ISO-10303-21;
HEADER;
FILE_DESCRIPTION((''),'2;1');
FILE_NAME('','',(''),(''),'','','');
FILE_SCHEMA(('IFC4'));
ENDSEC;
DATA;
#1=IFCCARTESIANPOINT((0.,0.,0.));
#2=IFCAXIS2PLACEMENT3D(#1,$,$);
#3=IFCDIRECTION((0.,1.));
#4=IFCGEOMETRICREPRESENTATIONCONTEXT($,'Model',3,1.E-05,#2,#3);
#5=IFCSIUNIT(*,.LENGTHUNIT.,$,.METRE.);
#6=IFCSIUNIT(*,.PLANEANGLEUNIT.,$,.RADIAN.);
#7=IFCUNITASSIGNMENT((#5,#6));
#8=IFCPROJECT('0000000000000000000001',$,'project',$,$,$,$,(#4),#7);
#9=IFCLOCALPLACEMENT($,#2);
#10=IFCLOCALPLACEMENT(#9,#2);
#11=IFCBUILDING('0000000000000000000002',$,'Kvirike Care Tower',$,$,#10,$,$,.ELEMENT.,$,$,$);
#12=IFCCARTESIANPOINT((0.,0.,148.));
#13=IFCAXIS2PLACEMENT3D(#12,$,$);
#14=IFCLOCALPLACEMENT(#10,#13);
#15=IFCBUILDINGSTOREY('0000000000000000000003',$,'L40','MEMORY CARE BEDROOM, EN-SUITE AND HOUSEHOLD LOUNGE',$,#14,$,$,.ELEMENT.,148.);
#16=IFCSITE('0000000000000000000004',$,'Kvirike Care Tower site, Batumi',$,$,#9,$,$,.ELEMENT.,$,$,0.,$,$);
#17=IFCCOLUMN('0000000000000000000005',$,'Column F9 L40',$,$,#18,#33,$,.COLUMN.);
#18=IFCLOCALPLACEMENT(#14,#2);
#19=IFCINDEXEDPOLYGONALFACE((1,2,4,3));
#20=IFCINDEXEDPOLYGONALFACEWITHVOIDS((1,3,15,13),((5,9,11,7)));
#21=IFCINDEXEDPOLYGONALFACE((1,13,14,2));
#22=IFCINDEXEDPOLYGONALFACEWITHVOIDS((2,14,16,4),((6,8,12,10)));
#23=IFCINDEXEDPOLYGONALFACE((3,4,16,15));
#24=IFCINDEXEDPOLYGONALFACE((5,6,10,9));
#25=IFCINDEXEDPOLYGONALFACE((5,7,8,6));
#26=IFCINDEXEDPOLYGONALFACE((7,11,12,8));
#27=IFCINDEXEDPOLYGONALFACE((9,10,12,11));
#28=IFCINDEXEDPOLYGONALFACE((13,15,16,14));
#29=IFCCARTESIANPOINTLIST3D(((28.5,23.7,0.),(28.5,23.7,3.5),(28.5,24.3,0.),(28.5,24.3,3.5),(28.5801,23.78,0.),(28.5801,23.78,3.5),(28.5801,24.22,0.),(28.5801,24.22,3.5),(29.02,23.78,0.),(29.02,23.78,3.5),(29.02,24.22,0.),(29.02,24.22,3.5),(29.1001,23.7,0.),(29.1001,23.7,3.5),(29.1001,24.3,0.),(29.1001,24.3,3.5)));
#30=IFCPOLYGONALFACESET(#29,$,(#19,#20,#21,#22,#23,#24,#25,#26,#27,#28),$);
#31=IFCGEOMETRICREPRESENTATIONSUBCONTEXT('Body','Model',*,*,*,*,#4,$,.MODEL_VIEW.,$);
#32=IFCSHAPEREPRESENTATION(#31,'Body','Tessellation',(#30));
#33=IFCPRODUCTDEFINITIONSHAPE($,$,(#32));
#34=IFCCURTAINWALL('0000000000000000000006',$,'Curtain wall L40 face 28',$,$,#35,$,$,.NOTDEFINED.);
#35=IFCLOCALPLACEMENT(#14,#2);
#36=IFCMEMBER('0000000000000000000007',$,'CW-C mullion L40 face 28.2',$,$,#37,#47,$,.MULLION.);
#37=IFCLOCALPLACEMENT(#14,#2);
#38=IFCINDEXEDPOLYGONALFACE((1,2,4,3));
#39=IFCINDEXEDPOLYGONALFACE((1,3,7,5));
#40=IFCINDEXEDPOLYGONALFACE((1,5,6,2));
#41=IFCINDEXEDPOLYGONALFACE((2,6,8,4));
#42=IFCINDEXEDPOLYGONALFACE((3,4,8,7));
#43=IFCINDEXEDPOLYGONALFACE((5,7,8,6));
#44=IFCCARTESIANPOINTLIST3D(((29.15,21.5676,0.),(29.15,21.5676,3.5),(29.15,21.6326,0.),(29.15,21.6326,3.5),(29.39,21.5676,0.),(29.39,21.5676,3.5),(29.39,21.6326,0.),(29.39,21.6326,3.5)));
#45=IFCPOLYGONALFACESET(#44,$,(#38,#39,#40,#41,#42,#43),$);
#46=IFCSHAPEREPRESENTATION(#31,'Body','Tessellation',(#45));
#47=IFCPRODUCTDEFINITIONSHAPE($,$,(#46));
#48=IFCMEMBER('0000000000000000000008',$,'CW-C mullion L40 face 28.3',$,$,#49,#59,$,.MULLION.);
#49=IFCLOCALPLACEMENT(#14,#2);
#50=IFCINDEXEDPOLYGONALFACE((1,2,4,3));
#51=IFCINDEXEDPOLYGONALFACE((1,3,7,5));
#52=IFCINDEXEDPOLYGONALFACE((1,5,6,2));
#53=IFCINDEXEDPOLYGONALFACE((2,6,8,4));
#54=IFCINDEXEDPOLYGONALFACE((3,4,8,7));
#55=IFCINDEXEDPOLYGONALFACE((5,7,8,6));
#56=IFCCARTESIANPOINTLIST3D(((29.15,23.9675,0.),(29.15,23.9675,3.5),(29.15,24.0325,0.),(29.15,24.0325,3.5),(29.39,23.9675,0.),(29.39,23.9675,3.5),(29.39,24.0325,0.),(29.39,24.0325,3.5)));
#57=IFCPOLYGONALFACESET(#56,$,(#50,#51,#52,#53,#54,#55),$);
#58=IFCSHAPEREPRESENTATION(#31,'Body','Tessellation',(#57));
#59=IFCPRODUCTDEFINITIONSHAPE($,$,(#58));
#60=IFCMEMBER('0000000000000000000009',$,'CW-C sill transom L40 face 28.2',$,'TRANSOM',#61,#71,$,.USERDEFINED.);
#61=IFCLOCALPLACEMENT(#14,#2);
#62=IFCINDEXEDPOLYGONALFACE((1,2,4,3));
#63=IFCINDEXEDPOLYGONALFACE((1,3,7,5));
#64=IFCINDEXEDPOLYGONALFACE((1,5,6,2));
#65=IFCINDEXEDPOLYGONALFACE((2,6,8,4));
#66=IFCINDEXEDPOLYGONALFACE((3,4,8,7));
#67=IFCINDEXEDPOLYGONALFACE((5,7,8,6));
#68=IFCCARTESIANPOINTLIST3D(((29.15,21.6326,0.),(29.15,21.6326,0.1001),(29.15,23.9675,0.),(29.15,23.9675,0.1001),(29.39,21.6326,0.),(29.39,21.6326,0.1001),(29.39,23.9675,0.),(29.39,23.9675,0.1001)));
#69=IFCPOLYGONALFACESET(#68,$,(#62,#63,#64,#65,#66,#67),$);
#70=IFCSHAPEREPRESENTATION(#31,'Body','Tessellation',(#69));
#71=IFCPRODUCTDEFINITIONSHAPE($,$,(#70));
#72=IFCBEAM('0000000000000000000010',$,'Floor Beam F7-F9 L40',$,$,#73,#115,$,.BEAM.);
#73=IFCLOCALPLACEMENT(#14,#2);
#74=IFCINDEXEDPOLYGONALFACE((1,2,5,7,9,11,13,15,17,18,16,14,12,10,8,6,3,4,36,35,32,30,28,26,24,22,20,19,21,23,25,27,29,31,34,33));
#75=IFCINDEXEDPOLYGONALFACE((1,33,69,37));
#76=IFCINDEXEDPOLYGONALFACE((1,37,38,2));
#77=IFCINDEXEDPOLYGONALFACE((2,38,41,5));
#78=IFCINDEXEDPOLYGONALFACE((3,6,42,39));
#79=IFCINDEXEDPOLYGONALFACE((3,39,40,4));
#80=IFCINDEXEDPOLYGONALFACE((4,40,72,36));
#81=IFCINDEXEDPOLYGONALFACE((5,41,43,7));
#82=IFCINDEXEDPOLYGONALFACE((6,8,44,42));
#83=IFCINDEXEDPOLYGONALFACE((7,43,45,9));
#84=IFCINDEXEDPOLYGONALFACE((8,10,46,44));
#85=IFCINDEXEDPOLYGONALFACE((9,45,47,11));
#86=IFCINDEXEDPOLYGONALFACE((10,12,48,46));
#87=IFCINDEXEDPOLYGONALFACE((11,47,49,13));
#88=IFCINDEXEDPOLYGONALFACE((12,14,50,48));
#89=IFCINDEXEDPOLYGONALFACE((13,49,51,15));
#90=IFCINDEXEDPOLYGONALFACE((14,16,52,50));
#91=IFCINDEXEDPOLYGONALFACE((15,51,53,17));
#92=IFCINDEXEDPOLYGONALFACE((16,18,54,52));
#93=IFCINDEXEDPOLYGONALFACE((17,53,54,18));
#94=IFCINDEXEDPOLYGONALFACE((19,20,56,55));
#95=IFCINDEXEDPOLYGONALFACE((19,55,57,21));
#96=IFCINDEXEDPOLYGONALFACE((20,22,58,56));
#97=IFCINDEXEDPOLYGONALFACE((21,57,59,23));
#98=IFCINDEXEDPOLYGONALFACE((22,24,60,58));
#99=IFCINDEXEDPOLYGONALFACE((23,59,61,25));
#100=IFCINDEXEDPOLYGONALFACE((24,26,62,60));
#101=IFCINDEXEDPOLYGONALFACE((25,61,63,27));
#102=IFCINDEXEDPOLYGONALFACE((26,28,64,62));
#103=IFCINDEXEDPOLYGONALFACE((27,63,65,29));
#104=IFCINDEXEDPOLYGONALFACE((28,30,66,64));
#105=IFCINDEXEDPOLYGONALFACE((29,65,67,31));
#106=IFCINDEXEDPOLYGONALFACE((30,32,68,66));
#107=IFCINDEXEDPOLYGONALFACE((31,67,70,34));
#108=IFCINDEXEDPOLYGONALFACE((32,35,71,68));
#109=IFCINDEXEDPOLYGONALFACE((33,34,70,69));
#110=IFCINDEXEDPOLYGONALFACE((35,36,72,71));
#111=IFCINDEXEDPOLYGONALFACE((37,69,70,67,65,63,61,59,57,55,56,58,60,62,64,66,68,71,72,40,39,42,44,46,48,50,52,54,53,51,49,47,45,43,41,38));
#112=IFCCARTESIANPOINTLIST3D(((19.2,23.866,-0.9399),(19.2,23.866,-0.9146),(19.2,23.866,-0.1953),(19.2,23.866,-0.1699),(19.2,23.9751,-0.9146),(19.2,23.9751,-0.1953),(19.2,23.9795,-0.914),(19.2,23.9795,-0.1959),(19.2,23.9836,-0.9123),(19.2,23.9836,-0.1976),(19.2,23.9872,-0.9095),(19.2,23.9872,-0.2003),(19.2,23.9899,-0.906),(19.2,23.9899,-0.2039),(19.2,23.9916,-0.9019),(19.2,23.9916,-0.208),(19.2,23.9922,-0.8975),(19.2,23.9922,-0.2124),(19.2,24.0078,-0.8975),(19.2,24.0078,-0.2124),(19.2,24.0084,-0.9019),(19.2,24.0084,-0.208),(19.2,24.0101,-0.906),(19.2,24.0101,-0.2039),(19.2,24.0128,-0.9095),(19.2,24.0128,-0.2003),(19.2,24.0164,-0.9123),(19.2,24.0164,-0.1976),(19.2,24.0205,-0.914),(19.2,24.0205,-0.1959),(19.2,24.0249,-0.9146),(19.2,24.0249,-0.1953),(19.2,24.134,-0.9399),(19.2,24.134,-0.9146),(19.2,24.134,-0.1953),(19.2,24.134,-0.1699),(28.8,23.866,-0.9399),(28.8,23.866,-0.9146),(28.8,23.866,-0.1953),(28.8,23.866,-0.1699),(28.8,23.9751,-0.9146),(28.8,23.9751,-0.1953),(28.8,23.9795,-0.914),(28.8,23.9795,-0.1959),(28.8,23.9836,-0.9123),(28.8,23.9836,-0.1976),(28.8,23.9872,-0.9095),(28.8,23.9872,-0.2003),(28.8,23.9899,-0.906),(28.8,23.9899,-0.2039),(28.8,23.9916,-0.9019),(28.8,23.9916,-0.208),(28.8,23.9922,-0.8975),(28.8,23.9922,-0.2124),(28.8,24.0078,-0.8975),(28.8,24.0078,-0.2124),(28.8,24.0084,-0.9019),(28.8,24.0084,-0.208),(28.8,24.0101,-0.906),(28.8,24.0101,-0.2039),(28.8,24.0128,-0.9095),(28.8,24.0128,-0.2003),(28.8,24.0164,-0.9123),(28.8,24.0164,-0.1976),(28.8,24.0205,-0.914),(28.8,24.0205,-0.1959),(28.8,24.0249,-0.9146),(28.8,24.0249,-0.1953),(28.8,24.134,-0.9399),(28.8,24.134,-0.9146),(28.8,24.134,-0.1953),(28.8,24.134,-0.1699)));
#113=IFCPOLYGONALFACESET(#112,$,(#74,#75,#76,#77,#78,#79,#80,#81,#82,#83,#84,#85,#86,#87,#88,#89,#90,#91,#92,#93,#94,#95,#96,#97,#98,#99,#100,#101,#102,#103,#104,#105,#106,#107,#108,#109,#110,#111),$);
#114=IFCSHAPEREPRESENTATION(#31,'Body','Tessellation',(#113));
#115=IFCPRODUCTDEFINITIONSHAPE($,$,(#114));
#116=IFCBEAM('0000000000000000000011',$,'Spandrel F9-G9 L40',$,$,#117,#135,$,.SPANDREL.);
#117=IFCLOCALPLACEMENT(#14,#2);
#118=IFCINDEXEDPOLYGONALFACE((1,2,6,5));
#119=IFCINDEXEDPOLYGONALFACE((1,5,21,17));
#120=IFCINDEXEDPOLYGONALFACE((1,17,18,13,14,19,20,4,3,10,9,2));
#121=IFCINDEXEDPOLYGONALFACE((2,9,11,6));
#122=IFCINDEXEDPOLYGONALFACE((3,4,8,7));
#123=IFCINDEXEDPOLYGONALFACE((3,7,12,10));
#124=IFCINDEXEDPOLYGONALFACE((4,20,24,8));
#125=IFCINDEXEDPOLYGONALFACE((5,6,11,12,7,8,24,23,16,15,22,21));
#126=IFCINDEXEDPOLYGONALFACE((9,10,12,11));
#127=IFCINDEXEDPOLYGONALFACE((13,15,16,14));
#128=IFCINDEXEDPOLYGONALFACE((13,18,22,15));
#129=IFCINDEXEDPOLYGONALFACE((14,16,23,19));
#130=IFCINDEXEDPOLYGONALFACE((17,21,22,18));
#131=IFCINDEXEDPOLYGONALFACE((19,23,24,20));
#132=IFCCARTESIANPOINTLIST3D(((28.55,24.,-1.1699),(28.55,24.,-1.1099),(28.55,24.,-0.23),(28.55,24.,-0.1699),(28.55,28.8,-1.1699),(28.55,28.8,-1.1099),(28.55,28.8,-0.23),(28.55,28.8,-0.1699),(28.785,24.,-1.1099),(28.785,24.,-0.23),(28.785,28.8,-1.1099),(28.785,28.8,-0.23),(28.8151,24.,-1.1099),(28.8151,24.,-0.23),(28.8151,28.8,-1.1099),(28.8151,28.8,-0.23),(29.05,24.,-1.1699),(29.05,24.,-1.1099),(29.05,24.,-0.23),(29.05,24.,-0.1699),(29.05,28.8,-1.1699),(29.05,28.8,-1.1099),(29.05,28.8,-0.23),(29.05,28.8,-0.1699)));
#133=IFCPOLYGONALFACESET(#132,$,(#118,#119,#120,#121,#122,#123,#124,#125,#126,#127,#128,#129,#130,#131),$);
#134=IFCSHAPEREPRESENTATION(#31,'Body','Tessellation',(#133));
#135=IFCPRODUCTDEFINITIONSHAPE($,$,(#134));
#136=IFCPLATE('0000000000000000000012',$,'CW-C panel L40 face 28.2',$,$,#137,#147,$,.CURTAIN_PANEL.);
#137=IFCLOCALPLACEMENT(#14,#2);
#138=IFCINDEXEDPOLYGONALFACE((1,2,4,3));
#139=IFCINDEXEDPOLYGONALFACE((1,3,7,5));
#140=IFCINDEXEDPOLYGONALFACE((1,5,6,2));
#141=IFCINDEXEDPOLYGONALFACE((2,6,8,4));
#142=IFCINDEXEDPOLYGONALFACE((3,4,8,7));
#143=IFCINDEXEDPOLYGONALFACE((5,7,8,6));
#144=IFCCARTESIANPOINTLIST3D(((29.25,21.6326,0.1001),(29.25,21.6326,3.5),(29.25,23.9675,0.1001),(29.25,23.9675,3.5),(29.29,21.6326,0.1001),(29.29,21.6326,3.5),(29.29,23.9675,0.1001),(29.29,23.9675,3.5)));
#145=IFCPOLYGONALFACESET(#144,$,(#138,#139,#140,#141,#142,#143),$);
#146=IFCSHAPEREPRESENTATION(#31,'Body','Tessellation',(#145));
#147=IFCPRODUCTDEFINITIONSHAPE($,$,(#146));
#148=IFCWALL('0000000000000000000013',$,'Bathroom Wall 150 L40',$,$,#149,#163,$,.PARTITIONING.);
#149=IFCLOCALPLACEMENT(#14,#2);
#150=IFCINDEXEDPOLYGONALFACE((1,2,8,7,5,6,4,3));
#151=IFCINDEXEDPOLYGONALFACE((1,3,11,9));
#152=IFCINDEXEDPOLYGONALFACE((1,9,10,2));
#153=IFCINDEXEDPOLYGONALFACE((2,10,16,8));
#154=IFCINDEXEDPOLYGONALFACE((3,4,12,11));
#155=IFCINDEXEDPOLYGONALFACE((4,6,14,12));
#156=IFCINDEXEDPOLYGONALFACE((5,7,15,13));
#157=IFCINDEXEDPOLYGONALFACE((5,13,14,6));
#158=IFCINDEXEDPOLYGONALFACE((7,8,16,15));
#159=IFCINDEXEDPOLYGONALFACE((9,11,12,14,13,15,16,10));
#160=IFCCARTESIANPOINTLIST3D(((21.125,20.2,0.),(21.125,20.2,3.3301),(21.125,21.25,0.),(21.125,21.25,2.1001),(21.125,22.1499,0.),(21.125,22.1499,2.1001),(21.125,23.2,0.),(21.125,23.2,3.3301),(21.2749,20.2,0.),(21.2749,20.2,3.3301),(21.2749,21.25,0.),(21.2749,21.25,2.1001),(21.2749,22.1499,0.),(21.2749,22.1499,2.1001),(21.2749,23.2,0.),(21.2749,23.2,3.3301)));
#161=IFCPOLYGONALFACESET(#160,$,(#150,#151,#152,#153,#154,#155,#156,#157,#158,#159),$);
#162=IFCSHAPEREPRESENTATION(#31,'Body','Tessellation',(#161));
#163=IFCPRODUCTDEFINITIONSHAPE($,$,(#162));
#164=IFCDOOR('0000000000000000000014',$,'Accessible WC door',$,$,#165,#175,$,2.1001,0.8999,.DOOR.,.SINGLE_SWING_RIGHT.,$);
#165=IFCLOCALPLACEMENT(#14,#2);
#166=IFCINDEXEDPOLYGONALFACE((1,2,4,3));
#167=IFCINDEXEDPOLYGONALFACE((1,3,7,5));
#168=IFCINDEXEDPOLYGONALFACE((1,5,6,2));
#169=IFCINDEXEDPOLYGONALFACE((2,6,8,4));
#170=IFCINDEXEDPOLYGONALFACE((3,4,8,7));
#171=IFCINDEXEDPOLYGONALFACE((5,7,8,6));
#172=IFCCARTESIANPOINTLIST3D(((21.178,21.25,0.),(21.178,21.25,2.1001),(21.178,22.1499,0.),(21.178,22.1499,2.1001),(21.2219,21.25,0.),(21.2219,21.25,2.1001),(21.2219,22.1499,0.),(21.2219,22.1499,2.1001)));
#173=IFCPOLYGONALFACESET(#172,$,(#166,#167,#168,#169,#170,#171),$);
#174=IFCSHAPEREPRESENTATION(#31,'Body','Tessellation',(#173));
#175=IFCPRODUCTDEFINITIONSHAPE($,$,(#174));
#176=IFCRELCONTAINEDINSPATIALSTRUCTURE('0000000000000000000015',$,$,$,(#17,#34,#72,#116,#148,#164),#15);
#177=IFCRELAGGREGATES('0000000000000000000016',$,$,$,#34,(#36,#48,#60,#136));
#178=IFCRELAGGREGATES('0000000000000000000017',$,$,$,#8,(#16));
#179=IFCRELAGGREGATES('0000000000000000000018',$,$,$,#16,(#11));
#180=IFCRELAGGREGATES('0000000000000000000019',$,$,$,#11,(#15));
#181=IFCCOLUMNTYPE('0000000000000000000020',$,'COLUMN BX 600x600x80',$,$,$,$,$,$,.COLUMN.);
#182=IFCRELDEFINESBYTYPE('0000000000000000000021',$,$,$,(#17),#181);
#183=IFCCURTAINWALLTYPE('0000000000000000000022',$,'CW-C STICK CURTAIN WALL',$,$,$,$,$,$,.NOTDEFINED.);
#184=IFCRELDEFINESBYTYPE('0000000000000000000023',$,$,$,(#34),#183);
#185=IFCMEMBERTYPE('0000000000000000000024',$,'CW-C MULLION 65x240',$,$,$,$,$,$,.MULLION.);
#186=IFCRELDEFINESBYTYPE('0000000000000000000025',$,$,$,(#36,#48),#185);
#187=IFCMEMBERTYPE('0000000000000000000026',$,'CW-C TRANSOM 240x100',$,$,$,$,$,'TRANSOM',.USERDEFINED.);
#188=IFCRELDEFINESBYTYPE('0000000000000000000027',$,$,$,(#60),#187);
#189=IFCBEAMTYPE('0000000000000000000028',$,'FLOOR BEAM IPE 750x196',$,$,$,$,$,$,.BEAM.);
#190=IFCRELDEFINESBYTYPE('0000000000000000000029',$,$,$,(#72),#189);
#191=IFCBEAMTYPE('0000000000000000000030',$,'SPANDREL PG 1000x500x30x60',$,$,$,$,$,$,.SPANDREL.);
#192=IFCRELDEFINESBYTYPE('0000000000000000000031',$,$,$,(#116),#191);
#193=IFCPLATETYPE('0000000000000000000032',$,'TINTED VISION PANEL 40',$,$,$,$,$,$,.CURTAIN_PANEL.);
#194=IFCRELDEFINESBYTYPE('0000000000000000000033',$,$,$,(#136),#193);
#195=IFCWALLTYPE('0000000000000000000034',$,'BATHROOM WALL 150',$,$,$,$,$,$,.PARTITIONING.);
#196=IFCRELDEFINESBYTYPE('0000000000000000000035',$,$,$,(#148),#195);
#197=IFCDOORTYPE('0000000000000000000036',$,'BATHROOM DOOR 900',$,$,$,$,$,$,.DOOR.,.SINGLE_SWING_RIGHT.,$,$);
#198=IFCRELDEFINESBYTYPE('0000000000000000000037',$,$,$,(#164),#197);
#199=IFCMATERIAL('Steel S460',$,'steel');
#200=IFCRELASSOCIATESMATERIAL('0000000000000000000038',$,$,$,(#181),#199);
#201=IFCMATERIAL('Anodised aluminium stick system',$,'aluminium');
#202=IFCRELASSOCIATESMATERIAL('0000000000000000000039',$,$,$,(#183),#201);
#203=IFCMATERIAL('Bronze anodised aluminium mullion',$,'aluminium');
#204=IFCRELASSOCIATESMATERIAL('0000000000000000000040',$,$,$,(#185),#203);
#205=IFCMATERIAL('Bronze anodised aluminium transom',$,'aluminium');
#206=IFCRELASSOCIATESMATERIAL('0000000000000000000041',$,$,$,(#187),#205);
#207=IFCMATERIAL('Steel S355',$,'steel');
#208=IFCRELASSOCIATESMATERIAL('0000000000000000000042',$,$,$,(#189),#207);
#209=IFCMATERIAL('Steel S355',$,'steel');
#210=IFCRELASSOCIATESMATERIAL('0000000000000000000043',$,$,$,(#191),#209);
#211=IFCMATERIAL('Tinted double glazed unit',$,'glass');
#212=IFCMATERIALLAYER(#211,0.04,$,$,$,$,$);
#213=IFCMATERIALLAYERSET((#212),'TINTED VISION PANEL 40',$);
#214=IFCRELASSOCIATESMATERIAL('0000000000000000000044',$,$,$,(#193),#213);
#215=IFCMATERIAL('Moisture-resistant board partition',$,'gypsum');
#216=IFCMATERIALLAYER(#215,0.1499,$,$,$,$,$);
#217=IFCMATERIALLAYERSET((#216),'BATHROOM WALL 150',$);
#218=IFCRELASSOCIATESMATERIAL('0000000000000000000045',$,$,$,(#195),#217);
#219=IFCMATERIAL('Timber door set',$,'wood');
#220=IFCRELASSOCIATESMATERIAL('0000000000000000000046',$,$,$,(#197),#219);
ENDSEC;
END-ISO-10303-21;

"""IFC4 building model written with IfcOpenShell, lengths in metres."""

from ifc_helpers import new_model, si_unit, direction, frame, frame_2d, origin, origin_2d, place, context, subcontext, project, spatial, rectangle, hollow_rectangle, i_section, extrude, material, layer, layer_set, material_profile, profile_set, type_object, element, fill, aggregate, save


model = new_model("IFC4")

# Units and contexts
model_context = context("Model", 3, precision=1e-05, world=origin(), true_north=direction((0.0, 1.0)))
body_context = subcontext(model_context, "Body", "Model", "MODEL_VIEW")
ifc_project = project(units=[si_unit("LENGTHUNIT", "METRE"), si_unit("PLANEANGLEUNIT", "RADIAN")], contexts=[model_context])

# Site, building, storey
site_placement = place(None, origin())
site = spatial("IfcSite", under=ifc_project, at=site_placement, Name="Kvirike Care Tower site, Batumi", CompositionType="ELEMENT", RefElevation=0.0)
building_placement = place(site_placement, origin())
building = spatial("IfcBuilding", under=site, at=building_placement, Name="Kvirike Care Tower", CompositionType="ELEMENT")
storey_placement = place(building_placement, frame((0.0, 0.0, 148.0)))
storey = spatial("IfcBuildingStorey", under=building, at=storey_placement, Name="L40", Description="MEMORY CARE BEDROOM, EN-SUITE AND HOUSEHOLD LOUNGE", CompositionType="ELEMENT", Elevation=148.0)

# Column
ifc_material_1 = material(Name="Steel S460", Category="steel")
ifc_material_profile_1 = material_profile(ifc_material_1, hollow_rectangle(XDim=0.6001, YDim=0.6001, WallThickness=0.0801, at=origin_2d()), Name="BX 600x600x80")
ifc_profile_set_1 = profile_set([ifc_material_profile_1], Name="Steel S460")
column_type = type_object("IfcColumnType", Name="COLUMN BX 600x600x80", PredefinedType="COLUMN", material=ifc_profile_set_1)
column_placement = place(storey_placement, frame((28.8, 24.0, 0.0), z_axis=(0.0, 0.0, 1.0), x_axis=(1.0, 0.0, 0.0)))
element("IfcColumn", 1, at=column_placement, inside=storey, type_object=column_type, Name="Column F9 L40", PredefinedType="COLUMN", context=body_context, shape_type="SweptSolid", body=[
    extrude(hollow_rectangle(XDim=0.6001, YDim=0.6001, WallThickness=0.0801, at=origin_2d()), origin(), (0.0, 0.0, 1.0), 3.5),
])

# Curtain wall, members
ifc_material_2 = material(Name="Anodised aluminium stick system", Category="aluminium")
curtain_wall_type = type_object("IfcCurtainWallType", Name="CW-C STICK CURTAIN WALL", PredefinedType="NOTDEFINED", material=ifc_material_2)
curtain_wall_placement = place(storey_placement, origin())
curtain_wall = element("IfcCurtainWall", 2, at=curtain_wall_placement, inside=storey, type_object=curtain_wall_type, Name="Curtain wall L40 face 28", PredefinedType="NOTDEFINED")
ifc_material_3 = material(Name="Bronze anodised aluminium mullion", Category="aluminium")
ifc_material_profile_2 = material_profile(ifc_material_3, rectangle(XDim=0.0649, YDim=0.24, at=origin_2d()), Name="CW-C MULLION 65x240")
ifc_profile_set_2 = profile_set([ifc_material_profile_2], Name="Bronze anodised aluminium mullion")
member_type_1 = type_object("IfcMemberType", Name="CW-C MULLION 65x240", PredefinedType="MULLION", material=ifc_profile_set_2)
member_1_placement = place(storey_placement, frame((29.27, 21.6001, 0.0), z_axis=(0.0, 0.0, 1.0), x_axis=(0.0, 1.0, 0.0)))
member_1 = element("IfcMember", 3, at=member_1_placement, type_object=member_type_1, Name="CW-C mullion L40 face 28.2", PredefinedType="MULLION", context=body_context, shape_type="SweptSolid", body=[
    extrude(rectangle(XDim=0.0649, YDim=0.24, at=origin_2d()), origin(), (0.0, 0.0, 1.0), 3.5),
])
member_2_placement = place(storey_placement, frame((29.27, 24.0, 0.0), z_axis=(0.0, 0.0, 1.0), x_axis=(0.0, 1.0, 0.0)))
member_2 = element("IfcMember", 4, at=member_2_placement, type_object=member_type_1, Name="CW-C mullion L40 face 28.3", PredefinedType="MULLION", context=body_context, shape_type="SweptSolid", body=[
    extrude(rectangle(XDim=0.0649, YDim=0.24, at=origin_2d()), origin(), (0.0, 0.0, 1.0), 3.5),
])
ifc_material_4 = material(Name="Bronze anodised aluminium transom", Category="aluminium")
ifc_material_profile_3 = material_profile(ifc_material_4, rectangle(XDim=0.24, YDim=0.1001, at=origin_2d()), Name="CW-C TRANSOM 240x100")
ifc_profile_set_3 = profile_set([ifc_material_profile_3], Name="Bronze anodised aluminium transom")
member_type_2 = type_object("IfcMemberType", Name="CW-C TRANSOM 240x100", ElementType="TRANSOM", PredefinedType="USERDEFINED", material=ifc_profile_set_3)
member_3_placement = place(storey_placement, frame((29.27, 21.6326, 0.05), z_axis=(0.0, 1.0, 0.0), x_axis=(-1.0, 0.0, 0.0)))
member_3 = element("IfcMember", 5, at=member_3_placement, type_object=member_type_2, Name="CW-C sill transom L40 face 28.2", ObjectType="TRANSOM", PredefinedType="USERDEFINED", context=body_context, shape_type="SweptSolid", body=[
    extrude(rectangle(XDim=0.24, YDim=0.1001, at=origin_2d()), origin(), (0.0, 0.0, 1.0), 2.335),
])

# Beams
ifc_material_5 = material(Name="Steel S355", Category="steel")
ifc_material_profile_4 = material_profile(ifc_material_5, i_section(OverallWidth=0.2681, OverallDepth=0.77, WebThickness=0.0156, FlangeThickness=0.0254, FilletRadius=0.0171, at=origin_2d()), Name="IPE 750x196")
ifc_profile_set_4 = profile_set([ifc_material_profile_4], Name="Steel S355")
beam_type_1 = type_object("IfcBeamType", Name="FLOOR BEAM IPE 750x196", PredefinedType="BEAM", material=ifc_profile_set_4)
beam_1_placement = place(storey_placement, frame((19.2, 24.0, -0.5549), z_axis=(1.0, 0.0, 0.0), x_axis=(0.0, 1.0, 0.0)))
element("IfcBeam", 6, at=beam_1_placement, inside=storey, type_object=beam_type_1, Name="Floor Beam F7-F9 L40", PredefinedType="BEAM", context=body_context, shape_type="SweptSolid", body=[
    extrude(i_section(OverallWidth=0.2681, OverallDepth=0.77, WebThickness=0.0156, FlangeThickness=0.0254, FilletRadius=0.0171, at=origin_2d()), origin(), (0.0, 0.0, 1.0), 9.6001),
])
ifc_material_6 = material(Name="Steel S355", Category="steel")
ifc_material_profile_5 = material_profile(ifc_material_6, i_section(OverallWidth=0.5, OverallDepth=1.0, WebThickness=0.03, FlangeThickness=0.0601, at=origin_2d()), Name="PG 1000x500x30x60")
ifc_profile_set_5 = profile_set([ifc_material_profile_5], Name="Steel S355")
beam_type_2 = type_object("IfcBeamType", Name="SPANDREL PG 1000x500x30x60", PredefinedType="SPANDREL", material=ifc_profile_set_5)
beam_2_placement = place(storey_placement, frame((28.8, 24.0, -0.6699), z_axis=(0.0, 1.0, 0.0), x_axis=(-1.0, 0.0, 0.0)))
element("IfcBeam", 7, at=beam_2_placement, inside=storey, type_object=beam_type_2, Name="Spandrel F9-G9 L40", PredefinedType="SPANDREL", context=body_context, shape_type="SweptSolid", body=[
    extrude(i_section(OverallWidth=0.5, OverallDepth=1.0, WebThickness=0.03, FlangeThickness=0.0601, at=origin_2d()), origin(), (0.0, 0.0, 1.0), 4.8),
])

# Plate
ifc_material_7 = material(Name="Tinted double glazed unit", Category="glass")
ifc_layer_1 = layer(ifc_material_7, 0.04)
ifc_layer_set_1 = layer_set([ifc_layer_1], Name="TINTED VISION PANEL 40")
plate_type = type_object("IfcPlateType", Name="TINTED VISION PANEL 40", PredefinedType="CURTAIN_PANEL", material=ifc_layer_set_1)
plate_placement = place(storey_placement, frame((29.27, 22.8, 0.1001), z_axis=(0.0, 0.0, 1.0), x_axis=(0.0, 1.0, 0.0)))
plate = element("IfcPlate", 8, at=plate_placement, type_object=plate_type, Name="CW-C panel L40 face 28.2", PredefinedType="CURTAIN_PANEL", context=body_context, shape_type="SweptSolid", body=[
    extrude(rectangle(XDim=2.335, YDim=0.04, at=origin_2d()), origin(), (0.0, 0.0, 1.0), 3.3999),
])
aggregate(curtain_wall, [member_1, member_2, member_3, plate])

# Wall, opening, door
ifc_material_8 = material(Name="Moisture-resistant board partition", Category="gypsum")
ifc_layer_2 = layer(ifc_material_8, 0.1499)
ifc_layer_set_2 = layer_set([ifc_layer_2], Name="BATHROOM WALL 150")
wall_type_1 = type_object("IfcWallType", Name="BATHROOM WALL 150", PredefinedType="PARTITIONING", material=ifc_layer_set_2)
wall_1_placement = place(storey_placement, frame((21.2, 20.2, 0.0), z_axis=(0.0, 0.0, 1.0), x_axis=(0.0, 1.0, 0.0)))
wall_1 = element("IfcWall", 9, at=wall_1_placement, inside=storey, type_object=wall_type_1, Name="Bathroom Wall 150 L40", PredefinedType="PARTITIONING", context=body_context, shape_type="SweptSolid", body=[
    extrude(rectangle(XDim=3.0, YDim=0.1499, at=frame_2d((1.5, 0.0))), origin(), (0.0, 0.0, 1.0), 3.3301),
])
opening_1_placement = place(wall_1_placement, frame((1.05, 0.0, 0.0)))
opening_1 = element("IfcOpeningElement", 10, at=opening_1_placement, cuts=wall_1, PredefinedType="OPENING", context=body_context, shape_type="SweptSolid", body=[
    extrude(rectangle(XDim=0.8999, YDim=2.1001, at=frame_2d((0.45, 1.05))), frame((0.0, 0.0854, 0.0), z_axis=(0.0, -1.0, 0.0), x_axis=(1.0, 0.0, 0.0)), (0.0, 0.0, 1.0), 0.1709),
])
ifc_material_9 = material(Name="Timber door set", Category="wood")
door_type_1 = type_object("IfcDoorType", Name="BATHROOM DOOR 900", OperationType="SINGLE_SWING_RIGHT", PredefinedType="DOOR", material=ifc_material_9)
door_1_placement = place(opening_1_placement, frame((0.8999, 0.0, 0.0), z_axis=(0.0, 0.0, 1.0), x_axis=(-1.0, 0.0, 0.0)))
door_1 = element("IfcDoor", 11, at=door_1_placement, inside=storey, type_object=door_type_1, Name="Accessible WC door", OperationType="SINGLE_SWING_RIGHT", OverallHeight=2.1001, OverallWidth=0.8999, PredefinedType="DOOR", context=body_context, shape_type="SweptSolid", body=[
    extrude(rectangle(XDim=0.8999, YDim=2.1001, at=frame_2d((0.45, 1.05))), frame((0.0, 0.022, 0.0), z_axis=(0.0, -1.0, 0.0), x_axis=(1.0, 0.0, 0.0)), (0.0, 0.0, 1.0), 0.0439),
])
fill(opening_1, door_1)

save(model, "model.ifc")
